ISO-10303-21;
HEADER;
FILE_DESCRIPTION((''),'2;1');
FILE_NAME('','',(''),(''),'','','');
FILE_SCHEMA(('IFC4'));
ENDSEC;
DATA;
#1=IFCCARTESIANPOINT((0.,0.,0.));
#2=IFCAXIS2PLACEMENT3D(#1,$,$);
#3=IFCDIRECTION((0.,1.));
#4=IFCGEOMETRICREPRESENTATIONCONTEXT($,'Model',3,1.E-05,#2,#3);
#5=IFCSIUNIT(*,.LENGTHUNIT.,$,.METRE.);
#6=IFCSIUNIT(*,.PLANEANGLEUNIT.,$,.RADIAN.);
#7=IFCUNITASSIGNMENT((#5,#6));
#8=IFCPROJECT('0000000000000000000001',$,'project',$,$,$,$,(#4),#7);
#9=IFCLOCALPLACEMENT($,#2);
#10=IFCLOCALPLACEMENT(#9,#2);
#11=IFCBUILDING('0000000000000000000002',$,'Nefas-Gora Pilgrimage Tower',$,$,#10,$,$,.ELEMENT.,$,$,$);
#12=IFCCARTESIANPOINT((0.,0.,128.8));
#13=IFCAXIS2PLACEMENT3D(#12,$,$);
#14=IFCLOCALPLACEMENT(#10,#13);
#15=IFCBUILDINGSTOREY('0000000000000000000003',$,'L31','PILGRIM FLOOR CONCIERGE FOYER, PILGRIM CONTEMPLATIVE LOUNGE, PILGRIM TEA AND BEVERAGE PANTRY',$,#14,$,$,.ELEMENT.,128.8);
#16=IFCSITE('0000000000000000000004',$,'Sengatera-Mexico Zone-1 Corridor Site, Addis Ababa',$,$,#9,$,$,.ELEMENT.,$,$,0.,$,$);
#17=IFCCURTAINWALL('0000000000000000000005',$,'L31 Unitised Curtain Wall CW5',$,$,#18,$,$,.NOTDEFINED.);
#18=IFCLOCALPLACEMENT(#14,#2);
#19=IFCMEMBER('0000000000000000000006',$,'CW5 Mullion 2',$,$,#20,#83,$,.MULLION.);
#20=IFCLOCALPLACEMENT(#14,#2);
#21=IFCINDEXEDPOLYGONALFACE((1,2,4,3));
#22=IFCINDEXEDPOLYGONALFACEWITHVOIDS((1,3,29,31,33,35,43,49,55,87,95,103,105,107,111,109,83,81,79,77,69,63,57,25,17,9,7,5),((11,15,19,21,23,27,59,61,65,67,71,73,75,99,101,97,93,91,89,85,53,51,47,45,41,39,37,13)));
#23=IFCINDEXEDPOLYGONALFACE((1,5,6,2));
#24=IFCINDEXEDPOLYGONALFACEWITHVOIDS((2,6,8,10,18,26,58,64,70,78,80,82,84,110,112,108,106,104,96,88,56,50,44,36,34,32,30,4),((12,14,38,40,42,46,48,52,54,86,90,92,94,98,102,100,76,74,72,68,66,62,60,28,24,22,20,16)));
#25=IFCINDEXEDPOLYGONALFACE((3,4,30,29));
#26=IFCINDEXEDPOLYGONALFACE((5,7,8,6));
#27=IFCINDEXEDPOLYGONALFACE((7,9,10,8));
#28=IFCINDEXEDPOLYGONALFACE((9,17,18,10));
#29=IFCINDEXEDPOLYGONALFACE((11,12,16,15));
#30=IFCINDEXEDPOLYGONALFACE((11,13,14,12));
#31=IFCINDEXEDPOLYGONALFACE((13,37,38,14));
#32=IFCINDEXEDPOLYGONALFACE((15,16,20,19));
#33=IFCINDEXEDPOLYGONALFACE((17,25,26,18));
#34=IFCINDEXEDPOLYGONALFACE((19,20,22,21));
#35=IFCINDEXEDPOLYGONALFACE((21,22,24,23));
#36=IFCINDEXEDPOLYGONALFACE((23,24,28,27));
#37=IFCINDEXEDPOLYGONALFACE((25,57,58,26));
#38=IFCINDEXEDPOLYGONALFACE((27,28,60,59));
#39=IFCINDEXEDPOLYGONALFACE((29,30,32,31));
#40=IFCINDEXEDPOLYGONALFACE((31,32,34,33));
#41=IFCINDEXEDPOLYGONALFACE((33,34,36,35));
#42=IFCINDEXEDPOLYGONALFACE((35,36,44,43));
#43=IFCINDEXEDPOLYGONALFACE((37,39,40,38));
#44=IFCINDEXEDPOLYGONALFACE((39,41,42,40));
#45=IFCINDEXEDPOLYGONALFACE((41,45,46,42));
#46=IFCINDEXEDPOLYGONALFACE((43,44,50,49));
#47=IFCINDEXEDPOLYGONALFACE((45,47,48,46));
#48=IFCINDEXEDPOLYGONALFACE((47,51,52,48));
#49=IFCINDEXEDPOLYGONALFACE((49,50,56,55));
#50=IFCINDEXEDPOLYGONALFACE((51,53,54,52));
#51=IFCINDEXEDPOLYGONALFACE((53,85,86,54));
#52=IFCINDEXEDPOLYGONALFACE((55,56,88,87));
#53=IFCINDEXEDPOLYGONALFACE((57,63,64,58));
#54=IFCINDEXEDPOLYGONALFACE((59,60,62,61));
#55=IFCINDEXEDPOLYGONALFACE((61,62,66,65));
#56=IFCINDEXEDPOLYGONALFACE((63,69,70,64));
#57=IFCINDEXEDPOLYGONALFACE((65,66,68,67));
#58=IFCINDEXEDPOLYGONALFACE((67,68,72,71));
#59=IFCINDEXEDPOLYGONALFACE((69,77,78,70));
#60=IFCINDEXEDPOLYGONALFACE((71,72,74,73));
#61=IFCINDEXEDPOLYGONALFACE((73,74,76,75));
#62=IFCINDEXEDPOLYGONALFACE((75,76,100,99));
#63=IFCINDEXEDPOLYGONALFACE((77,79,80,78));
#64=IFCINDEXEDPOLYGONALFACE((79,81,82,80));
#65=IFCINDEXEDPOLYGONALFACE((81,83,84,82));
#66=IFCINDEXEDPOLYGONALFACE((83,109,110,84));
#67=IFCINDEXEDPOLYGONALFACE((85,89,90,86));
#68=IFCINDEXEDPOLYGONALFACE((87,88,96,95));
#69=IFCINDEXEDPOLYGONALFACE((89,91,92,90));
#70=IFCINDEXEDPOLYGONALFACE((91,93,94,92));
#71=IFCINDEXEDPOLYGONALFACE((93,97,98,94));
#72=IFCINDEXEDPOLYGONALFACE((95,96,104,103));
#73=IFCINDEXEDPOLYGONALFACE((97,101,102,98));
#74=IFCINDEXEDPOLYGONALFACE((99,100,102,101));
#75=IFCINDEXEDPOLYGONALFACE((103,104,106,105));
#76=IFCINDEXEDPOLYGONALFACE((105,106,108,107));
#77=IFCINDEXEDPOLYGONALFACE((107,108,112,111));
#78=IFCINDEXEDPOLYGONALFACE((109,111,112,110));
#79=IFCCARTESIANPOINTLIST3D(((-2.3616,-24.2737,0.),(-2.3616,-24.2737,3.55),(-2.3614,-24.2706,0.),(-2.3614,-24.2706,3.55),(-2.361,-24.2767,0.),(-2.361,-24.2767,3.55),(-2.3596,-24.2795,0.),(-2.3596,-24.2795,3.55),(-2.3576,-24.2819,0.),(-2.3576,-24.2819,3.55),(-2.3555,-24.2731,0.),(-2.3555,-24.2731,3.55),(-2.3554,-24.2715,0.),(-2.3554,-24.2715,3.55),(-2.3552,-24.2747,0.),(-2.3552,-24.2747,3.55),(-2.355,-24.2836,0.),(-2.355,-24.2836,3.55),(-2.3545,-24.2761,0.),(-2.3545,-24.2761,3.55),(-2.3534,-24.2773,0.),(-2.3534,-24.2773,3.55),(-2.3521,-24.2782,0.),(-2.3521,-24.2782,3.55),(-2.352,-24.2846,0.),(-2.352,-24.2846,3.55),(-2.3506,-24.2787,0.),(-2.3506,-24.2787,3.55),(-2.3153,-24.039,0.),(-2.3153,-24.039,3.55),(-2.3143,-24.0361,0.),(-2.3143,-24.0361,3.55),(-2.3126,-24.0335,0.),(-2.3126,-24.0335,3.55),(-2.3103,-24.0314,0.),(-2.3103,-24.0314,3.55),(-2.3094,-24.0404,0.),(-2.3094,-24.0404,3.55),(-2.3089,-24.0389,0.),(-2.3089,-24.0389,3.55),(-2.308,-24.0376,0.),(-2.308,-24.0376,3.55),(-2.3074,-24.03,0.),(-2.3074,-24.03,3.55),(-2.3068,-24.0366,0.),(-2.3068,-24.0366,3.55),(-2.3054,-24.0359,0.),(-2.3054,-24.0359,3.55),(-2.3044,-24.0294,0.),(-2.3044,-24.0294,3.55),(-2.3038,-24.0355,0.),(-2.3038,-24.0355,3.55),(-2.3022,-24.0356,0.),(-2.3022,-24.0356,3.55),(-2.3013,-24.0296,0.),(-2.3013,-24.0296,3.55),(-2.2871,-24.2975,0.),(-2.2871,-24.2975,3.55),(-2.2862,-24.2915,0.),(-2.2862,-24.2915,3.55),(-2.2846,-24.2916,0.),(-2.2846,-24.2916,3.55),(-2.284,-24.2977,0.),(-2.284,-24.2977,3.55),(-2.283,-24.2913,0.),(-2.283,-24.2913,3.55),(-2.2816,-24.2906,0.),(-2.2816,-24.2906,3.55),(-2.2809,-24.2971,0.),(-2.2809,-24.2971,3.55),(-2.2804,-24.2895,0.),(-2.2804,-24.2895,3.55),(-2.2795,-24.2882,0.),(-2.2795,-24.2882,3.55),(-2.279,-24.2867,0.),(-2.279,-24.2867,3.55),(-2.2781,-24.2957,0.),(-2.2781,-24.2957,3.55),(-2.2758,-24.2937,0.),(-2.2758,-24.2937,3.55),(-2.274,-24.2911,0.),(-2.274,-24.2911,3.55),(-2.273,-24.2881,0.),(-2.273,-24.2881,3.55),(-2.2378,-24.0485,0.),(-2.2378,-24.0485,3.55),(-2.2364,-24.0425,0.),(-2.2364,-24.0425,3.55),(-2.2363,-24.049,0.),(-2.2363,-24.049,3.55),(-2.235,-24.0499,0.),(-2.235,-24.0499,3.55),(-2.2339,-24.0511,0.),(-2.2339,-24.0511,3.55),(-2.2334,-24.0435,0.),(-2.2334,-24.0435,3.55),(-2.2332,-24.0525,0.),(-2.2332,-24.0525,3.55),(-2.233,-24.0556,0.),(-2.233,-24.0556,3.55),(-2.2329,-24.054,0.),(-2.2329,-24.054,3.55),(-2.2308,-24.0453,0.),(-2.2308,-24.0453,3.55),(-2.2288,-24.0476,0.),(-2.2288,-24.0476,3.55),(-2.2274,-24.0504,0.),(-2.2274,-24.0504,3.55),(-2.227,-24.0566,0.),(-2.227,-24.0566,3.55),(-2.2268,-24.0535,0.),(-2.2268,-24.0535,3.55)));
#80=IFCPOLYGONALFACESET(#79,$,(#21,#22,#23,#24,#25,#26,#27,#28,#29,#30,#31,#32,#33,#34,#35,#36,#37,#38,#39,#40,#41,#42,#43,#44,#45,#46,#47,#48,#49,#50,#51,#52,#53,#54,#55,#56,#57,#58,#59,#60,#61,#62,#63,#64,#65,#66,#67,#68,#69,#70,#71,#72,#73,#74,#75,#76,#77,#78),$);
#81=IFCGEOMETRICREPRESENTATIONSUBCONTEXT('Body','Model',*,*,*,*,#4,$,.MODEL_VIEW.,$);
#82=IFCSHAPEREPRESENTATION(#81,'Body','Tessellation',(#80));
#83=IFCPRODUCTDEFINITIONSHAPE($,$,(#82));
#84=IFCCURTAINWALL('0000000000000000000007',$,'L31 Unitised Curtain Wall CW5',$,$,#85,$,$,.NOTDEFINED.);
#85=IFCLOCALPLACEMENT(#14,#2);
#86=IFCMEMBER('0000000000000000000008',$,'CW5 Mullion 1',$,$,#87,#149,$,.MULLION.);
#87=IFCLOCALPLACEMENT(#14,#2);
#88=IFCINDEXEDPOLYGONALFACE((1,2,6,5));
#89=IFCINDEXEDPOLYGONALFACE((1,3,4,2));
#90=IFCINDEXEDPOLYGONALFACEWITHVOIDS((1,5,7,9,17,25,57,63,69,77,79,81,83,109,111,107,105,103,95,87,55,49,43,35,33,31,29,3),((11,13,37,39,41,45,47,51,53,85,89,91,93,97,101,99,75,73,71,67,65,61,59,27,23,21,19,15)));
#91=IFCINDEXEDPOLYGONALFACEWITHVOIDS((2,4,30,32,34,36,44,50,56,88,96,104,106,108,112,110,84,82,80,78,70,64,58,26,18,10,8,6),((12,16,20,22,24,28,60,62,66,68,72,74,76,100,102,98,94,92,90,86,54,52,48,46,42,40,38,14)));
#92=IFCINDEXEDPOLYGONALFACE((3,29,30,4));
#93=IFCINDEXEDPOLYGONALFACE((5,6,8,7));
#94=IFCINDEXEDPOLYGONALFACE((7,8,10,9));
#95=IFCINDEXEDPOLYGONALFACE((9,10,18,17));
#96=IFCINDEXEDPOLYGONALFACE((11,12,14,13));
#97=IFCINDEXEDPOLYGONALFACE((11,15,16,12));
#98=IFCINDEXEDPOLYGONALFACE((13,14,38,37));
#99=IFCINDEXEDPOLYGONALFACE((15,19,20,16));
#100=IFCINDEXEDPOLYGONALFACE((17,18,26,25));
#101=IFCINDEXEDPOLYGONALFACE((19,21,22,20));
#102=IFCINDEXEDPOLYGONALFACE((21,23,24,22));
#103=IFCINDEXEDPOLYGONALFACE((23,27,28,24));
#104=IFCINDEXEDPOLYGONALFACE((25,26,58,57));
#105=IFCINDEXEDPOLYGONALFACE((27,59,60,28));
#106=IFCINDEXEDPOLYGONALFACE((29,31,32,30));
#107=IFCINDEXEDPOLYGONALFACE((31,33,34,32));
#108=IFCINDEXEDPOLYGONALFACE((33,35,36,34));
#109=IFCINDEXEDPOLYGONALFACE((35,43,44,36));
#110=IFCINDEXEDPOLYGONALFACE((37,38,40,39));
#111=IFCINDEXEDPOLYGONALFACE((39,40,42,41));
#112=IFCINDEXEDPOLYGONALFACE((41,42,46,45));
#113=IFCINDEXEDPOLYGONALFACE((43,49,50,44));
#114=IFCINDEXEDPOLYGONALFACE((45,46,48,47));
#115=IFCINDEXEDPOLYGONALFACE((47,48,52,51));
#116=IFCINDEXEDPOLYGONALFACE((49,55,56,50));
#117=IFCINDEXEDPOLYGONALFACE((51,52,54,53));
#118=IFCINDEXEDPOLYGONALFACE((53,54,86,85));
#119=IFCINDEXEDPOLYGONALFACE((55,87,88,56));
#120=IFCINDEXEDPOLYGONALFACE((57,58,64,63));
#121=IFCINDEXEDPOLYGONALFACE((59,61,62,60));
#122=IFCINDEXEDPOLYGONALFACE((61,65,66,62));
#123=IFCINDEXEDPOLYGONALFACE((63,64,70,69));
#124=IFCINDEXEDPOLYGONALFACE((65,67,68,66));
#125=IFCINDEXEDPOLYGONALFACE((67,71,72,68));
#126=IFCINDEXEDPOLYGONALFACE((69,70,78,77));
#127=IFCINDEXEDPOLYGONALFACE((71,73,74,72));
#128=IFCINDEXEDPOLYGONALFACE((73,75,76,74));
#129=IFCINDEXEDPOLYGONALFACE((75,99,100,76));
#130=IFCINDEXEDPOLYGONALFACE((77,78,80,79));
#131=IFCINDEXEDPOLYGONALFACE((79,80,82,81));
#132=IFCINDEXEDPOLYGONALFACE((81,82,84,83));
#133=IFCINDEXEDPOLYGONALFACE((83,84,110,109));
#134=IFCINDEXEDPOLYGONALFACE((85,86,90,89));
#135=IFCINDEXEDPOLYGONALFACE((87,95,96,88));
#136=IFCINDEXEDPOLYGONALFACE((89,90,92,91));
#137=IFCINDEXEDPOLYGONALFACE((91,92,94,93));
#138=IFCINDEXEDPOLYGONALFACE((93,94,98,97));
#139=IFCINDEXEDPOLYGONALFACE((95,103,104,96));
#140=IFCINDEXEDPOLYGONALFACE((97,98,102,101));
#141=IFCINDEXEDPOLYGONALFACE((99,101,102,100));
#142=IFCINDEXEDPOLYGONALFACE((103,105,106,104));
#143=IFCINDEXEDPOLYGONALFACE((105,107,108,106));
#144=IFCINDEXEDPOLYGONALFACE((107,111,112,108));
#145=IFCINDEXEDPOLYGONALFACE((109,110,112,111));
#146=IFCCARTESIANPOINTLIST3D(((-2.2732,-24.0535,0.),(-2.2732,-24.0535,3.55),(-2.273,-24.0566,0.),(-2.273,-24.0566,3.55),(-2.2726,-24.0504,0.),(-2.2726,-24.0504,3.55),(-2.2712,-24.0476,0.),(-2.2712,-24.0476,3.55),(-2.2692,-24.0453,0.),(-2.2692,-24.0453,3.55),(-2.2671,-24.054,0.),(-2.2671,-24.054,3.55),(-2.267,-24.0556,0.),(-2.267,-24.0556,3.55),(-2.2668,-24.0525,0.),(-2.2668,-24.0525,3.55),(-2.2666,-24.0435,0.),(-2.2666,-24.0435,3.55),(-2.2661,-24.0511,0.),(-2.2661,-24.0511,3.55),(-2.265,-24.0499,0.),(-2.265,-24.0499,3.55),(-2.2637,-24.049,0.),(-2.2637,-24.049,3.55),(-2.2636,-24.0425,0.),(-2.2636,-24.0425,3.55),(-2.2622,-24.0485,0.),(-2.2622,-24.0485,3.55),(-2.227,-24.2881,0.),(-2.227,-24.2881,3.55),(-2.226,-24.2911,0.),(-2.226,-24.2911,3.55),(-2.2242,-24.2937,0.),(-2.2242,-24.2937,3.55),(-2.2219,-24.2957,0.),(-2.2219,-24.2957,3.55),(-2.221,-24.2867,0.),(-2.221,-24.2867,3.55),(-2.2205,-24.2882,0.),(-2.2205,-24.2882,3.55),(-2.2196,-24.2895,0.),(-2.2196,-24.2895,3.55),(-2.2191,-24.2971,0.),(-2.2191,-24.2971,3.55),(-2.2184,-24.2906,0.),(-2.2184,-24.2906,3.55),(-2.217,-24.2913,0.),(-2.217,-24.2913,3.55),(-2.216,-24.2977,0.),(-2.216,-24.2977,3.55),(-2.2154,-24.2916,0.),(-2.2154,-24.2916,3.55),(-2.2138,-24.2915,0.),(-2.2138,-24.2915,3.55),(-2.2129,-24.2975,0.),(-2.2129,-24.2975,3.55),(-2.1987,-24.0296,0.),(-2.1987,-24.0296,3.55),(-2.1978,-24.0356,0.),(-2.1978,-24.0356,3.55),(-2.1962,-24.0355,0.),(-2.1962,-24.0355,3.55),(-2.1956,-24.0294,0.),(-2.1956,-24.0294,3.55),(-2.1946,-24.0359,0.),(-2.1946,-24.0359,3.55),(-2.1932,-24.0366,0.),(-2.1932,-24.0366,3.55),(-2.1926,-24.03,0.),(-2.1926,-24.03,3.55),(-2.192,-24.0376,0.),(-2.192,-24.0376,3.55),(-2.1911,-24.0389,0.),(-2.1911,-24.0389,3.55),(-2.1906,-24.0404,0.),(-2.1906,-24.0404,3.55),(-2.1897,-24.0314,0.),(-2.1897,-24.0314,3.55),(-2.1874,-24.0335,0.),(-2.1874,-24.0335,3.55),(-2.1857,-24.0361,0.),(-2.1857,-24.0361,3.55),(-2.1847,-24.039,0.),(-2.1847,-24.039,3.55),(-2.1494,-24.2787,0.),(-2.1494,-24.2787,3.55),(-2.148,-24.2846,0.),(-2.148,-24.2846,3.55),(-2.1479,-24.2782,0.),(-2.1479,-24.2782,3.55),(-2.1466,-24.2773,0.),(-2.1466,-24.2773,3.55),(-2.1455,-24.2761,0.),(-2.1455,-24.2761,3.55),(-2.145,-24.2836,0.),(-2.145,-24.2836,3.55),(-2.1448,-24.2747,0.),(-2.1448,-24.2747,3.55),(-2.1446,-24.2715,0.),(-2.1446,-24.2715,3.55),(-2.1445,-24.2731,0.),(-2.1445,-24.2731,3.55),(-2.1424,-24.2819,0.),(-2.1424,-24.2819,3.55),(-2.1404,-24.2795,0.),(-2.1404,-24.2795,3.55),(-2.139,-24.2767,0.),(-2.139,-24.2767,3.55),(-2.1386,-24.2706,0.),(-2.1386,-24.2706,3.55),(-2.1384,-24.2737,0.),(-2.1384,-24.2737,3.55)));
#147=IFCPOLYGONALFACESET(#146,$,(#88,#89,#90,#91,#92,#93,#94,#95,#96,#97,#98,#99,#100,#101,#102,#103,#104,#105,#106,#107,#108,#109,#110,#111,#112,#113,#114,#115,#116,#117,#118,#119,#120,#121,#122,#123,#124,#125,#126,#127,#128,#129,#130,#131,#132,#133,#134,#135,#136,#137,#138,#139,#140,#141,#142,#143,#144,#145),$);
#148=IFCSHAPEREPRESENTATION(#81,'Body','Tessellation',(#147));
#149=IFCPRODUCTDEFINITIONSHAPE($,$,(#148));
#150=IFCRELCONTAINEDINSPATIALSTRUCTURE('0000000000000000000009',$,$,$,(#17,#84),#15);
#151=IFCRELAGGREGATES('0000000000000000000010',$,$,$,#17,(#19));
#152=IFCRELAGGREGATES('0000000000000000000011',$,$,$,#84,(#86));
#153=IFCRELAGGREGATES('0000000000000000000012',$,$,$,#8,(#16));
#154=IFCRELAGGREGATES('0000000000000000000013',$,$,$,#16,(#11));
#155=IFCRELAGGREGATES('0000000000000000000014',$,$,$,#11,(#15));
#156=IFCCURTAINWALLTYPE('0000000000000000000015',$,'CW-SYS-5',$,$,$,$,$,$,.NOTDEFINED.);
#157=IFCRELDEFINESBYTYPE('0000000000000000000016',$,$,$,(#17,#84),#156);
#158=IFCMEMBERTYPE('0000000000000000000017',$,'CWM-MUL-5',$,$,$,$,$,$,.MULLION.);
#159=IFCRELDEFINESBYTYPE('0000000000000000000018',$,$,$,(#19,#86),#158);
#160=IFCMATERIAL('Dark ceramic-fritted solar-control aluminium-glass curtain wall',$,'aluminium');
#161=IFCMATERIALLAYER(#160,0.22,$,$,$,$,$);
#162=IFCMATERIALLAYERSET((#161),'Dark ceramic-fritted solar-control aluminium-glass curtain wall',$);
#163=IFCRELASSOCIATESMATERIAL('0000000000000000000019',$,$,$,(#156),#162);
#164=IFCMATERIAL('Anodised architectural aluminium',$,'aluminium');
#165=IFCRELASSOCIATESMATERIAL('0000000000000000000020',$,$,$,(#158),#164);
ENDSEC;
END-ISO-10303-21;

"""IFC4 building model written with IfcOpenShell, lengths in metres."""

from ifc_helpers import new_model, si_unit, direction, frame, origin, origin_2d, place, context, subcontext, project, spatial, hollow_rectangle, extrude, source, transform, mapped, material, layer, layer_set, material_profile, profile_set, type_object, element, aggregate, save


model = new_model("IFC4")

# Units and contexts
model_context = context("Model", 3, precision=1e-05, world=origin(), true_north=direction((0.0, 1.0)))
body_context = subcontext(model_context, "Body", "Model", "MODEL_VIEW")
ifc_project = project(units=[si_unit("LENGTHUNIT", "METRE"), si_unit("PLANEANGLEUNIT", "RADIAN")], contexts=[model_context])

# Site, building, storey
site_placement = place(None, origin())
site = spatial("IfcSite", under=ifc_project, at=site_placement, Name="Sengatera-Mexico Zone-1 Corridor Site, Addis Ababa", CompositionType="ELEMENT", RefElevation=0.0)
building_placement = place(site_placement, origin())
building = spatial("IfcBuilding", under=site, at=building_placement, Name="Nefas-Gora Pilgrimage Tower", CompositionType="ELEMENT")
storey_placement = place(building_placement, frame((0.0, 0.0, 128.8)))
storey = spatial("IfcBuildingStorey", under=building, at=storey_placement, Name="L31", Description="PILGRIM FLOOR CONCIERGE FOYER, PILGRIM CONTEMPLATIVE LOUNGE, PILGRIM TEA AND BEVERAGE PANTRY", CompositionType="ELEMENT", Elevation=128.8)

# Shared definitions
ifc_material_1 = material(Name="Dark ceramic-fritted solar-control aluminium-glass curtain wall", Category="aluminium")
ifc_layer_1 = layer(ifc_material_1, 0.22)
ifc_layer_set_1 = layer_set([ifc_layer_1], Name="Dark ceramic-fritted solar-control aluminium-glass curtain wall")
curtain_wall_type = type_object("IfcCurtainWallType", Name="CW-SYS-5", PredefinedType="NOTDEFINED", material=ifc_layer_set_1)
ifc_material_2 = material(Name="Anodised architectural aluminium", Category="aluminium")
ifc_material_profile_1 = material_profile(ifc_material_2, hollow_rectangle(XDim=0.0901, YDim=0.26, WallThickness=0.0061, InnerFilletRadius=0.0061, OuterFilletRadius=0.012, at=origin_2d()), Name="ALU MULLION 90x260")
ifc_profile_set_1 = profile_set([ifc_material_profile_1], Name="Anodised architectural aluminium")
member_type_1 = type_object("IfcMemberType", Name="CWM-MUL-5", PredefinedType="MULLION", material=ifc_profile_set_1)
shared_shape_1 = source(origin(), body_context, "Body", "SweptSolid", [
    extrude(hollow_rectangle(XDim=0.0901, YDim=0.26, WallThickness=0.0061, InnerFilletRadius=0.0061, OuterFilletRadius=0.012, at=origin_2d()), origin(), (0.0, 0.0, 1.0), 3.55),
])

# Curtain wall, member
curtain_wall_1_placement = place(storey_placement, origin())
curtain_wall_1 = element("IfcCurtainWall", 1, at=curtain_wall_1_placement, inside=storey, type_object=curtain_wall_type, Name="L31 Unitised Curtain Wall CW5", PredefinedType="NOTDEFINED")
member_1_placement = place(storey_placement, frame((-2.2942, -24.1636, 0.0), z_axis=(0.0, 0.0, 1.0), x_axis=(0.980783, -0.195102, 0.0)))
member_1 = element("IfcMember", 2, at=member_1_placement, type_object=member_type_1, Name="CW5 Mullion 2", PredefinedType="MULLION", context=body_context, shape_type="MappedRepresentation", body=[
    mapped(shared_shape_1, transform((0.0, 0.0, 0.0), x_axis=(1.0, 0.0, 0.0), y_axis=(0.0, 1.0, 0.0), z_axis=(0.0, 0.0, 1.0), scale=1.0)),
])

# Curtain wall, member
curtain_wall_2_placement = place(storey_placement, origin())
curtain_wall_2 = element("IfcCurtainWall", 3, at=curtain_wall_2_placement, inside=storey, type_object=curtain_wall_type, Name="L31 Unitised Curtain Wall CW5", PredefinedType="NOTDEFINED")
member_2_placement = place(storey_placement, frame((-2.2058, -24.1636, 0.0), z_axis=(0.0, 0.0, 1.0), x_axis=(0.980783, 0.195102, 0.0)))
member_2 = element("IfcMember", 4, at=member_2_placement, type_object=member_type_1, Name="CW5 Mullion 1", PredefinedType="MULLION", context=body_context, shape_type="MappedRepresentation", body=[
    mapped(shared_shape_1, transform((0.0, 0.0, 0.0), x_axis=(1.0, 0.0, 0.0), y_axis=(0.0, 1.0, 0.0), z_axis=(0.0, 0.0, 1.0), scale=1.0)),
])

aggregate(curtain_wall_1, [member_1])
aggregate(curtain_wall_2, [member_2])

save(model, "model.ifc")
